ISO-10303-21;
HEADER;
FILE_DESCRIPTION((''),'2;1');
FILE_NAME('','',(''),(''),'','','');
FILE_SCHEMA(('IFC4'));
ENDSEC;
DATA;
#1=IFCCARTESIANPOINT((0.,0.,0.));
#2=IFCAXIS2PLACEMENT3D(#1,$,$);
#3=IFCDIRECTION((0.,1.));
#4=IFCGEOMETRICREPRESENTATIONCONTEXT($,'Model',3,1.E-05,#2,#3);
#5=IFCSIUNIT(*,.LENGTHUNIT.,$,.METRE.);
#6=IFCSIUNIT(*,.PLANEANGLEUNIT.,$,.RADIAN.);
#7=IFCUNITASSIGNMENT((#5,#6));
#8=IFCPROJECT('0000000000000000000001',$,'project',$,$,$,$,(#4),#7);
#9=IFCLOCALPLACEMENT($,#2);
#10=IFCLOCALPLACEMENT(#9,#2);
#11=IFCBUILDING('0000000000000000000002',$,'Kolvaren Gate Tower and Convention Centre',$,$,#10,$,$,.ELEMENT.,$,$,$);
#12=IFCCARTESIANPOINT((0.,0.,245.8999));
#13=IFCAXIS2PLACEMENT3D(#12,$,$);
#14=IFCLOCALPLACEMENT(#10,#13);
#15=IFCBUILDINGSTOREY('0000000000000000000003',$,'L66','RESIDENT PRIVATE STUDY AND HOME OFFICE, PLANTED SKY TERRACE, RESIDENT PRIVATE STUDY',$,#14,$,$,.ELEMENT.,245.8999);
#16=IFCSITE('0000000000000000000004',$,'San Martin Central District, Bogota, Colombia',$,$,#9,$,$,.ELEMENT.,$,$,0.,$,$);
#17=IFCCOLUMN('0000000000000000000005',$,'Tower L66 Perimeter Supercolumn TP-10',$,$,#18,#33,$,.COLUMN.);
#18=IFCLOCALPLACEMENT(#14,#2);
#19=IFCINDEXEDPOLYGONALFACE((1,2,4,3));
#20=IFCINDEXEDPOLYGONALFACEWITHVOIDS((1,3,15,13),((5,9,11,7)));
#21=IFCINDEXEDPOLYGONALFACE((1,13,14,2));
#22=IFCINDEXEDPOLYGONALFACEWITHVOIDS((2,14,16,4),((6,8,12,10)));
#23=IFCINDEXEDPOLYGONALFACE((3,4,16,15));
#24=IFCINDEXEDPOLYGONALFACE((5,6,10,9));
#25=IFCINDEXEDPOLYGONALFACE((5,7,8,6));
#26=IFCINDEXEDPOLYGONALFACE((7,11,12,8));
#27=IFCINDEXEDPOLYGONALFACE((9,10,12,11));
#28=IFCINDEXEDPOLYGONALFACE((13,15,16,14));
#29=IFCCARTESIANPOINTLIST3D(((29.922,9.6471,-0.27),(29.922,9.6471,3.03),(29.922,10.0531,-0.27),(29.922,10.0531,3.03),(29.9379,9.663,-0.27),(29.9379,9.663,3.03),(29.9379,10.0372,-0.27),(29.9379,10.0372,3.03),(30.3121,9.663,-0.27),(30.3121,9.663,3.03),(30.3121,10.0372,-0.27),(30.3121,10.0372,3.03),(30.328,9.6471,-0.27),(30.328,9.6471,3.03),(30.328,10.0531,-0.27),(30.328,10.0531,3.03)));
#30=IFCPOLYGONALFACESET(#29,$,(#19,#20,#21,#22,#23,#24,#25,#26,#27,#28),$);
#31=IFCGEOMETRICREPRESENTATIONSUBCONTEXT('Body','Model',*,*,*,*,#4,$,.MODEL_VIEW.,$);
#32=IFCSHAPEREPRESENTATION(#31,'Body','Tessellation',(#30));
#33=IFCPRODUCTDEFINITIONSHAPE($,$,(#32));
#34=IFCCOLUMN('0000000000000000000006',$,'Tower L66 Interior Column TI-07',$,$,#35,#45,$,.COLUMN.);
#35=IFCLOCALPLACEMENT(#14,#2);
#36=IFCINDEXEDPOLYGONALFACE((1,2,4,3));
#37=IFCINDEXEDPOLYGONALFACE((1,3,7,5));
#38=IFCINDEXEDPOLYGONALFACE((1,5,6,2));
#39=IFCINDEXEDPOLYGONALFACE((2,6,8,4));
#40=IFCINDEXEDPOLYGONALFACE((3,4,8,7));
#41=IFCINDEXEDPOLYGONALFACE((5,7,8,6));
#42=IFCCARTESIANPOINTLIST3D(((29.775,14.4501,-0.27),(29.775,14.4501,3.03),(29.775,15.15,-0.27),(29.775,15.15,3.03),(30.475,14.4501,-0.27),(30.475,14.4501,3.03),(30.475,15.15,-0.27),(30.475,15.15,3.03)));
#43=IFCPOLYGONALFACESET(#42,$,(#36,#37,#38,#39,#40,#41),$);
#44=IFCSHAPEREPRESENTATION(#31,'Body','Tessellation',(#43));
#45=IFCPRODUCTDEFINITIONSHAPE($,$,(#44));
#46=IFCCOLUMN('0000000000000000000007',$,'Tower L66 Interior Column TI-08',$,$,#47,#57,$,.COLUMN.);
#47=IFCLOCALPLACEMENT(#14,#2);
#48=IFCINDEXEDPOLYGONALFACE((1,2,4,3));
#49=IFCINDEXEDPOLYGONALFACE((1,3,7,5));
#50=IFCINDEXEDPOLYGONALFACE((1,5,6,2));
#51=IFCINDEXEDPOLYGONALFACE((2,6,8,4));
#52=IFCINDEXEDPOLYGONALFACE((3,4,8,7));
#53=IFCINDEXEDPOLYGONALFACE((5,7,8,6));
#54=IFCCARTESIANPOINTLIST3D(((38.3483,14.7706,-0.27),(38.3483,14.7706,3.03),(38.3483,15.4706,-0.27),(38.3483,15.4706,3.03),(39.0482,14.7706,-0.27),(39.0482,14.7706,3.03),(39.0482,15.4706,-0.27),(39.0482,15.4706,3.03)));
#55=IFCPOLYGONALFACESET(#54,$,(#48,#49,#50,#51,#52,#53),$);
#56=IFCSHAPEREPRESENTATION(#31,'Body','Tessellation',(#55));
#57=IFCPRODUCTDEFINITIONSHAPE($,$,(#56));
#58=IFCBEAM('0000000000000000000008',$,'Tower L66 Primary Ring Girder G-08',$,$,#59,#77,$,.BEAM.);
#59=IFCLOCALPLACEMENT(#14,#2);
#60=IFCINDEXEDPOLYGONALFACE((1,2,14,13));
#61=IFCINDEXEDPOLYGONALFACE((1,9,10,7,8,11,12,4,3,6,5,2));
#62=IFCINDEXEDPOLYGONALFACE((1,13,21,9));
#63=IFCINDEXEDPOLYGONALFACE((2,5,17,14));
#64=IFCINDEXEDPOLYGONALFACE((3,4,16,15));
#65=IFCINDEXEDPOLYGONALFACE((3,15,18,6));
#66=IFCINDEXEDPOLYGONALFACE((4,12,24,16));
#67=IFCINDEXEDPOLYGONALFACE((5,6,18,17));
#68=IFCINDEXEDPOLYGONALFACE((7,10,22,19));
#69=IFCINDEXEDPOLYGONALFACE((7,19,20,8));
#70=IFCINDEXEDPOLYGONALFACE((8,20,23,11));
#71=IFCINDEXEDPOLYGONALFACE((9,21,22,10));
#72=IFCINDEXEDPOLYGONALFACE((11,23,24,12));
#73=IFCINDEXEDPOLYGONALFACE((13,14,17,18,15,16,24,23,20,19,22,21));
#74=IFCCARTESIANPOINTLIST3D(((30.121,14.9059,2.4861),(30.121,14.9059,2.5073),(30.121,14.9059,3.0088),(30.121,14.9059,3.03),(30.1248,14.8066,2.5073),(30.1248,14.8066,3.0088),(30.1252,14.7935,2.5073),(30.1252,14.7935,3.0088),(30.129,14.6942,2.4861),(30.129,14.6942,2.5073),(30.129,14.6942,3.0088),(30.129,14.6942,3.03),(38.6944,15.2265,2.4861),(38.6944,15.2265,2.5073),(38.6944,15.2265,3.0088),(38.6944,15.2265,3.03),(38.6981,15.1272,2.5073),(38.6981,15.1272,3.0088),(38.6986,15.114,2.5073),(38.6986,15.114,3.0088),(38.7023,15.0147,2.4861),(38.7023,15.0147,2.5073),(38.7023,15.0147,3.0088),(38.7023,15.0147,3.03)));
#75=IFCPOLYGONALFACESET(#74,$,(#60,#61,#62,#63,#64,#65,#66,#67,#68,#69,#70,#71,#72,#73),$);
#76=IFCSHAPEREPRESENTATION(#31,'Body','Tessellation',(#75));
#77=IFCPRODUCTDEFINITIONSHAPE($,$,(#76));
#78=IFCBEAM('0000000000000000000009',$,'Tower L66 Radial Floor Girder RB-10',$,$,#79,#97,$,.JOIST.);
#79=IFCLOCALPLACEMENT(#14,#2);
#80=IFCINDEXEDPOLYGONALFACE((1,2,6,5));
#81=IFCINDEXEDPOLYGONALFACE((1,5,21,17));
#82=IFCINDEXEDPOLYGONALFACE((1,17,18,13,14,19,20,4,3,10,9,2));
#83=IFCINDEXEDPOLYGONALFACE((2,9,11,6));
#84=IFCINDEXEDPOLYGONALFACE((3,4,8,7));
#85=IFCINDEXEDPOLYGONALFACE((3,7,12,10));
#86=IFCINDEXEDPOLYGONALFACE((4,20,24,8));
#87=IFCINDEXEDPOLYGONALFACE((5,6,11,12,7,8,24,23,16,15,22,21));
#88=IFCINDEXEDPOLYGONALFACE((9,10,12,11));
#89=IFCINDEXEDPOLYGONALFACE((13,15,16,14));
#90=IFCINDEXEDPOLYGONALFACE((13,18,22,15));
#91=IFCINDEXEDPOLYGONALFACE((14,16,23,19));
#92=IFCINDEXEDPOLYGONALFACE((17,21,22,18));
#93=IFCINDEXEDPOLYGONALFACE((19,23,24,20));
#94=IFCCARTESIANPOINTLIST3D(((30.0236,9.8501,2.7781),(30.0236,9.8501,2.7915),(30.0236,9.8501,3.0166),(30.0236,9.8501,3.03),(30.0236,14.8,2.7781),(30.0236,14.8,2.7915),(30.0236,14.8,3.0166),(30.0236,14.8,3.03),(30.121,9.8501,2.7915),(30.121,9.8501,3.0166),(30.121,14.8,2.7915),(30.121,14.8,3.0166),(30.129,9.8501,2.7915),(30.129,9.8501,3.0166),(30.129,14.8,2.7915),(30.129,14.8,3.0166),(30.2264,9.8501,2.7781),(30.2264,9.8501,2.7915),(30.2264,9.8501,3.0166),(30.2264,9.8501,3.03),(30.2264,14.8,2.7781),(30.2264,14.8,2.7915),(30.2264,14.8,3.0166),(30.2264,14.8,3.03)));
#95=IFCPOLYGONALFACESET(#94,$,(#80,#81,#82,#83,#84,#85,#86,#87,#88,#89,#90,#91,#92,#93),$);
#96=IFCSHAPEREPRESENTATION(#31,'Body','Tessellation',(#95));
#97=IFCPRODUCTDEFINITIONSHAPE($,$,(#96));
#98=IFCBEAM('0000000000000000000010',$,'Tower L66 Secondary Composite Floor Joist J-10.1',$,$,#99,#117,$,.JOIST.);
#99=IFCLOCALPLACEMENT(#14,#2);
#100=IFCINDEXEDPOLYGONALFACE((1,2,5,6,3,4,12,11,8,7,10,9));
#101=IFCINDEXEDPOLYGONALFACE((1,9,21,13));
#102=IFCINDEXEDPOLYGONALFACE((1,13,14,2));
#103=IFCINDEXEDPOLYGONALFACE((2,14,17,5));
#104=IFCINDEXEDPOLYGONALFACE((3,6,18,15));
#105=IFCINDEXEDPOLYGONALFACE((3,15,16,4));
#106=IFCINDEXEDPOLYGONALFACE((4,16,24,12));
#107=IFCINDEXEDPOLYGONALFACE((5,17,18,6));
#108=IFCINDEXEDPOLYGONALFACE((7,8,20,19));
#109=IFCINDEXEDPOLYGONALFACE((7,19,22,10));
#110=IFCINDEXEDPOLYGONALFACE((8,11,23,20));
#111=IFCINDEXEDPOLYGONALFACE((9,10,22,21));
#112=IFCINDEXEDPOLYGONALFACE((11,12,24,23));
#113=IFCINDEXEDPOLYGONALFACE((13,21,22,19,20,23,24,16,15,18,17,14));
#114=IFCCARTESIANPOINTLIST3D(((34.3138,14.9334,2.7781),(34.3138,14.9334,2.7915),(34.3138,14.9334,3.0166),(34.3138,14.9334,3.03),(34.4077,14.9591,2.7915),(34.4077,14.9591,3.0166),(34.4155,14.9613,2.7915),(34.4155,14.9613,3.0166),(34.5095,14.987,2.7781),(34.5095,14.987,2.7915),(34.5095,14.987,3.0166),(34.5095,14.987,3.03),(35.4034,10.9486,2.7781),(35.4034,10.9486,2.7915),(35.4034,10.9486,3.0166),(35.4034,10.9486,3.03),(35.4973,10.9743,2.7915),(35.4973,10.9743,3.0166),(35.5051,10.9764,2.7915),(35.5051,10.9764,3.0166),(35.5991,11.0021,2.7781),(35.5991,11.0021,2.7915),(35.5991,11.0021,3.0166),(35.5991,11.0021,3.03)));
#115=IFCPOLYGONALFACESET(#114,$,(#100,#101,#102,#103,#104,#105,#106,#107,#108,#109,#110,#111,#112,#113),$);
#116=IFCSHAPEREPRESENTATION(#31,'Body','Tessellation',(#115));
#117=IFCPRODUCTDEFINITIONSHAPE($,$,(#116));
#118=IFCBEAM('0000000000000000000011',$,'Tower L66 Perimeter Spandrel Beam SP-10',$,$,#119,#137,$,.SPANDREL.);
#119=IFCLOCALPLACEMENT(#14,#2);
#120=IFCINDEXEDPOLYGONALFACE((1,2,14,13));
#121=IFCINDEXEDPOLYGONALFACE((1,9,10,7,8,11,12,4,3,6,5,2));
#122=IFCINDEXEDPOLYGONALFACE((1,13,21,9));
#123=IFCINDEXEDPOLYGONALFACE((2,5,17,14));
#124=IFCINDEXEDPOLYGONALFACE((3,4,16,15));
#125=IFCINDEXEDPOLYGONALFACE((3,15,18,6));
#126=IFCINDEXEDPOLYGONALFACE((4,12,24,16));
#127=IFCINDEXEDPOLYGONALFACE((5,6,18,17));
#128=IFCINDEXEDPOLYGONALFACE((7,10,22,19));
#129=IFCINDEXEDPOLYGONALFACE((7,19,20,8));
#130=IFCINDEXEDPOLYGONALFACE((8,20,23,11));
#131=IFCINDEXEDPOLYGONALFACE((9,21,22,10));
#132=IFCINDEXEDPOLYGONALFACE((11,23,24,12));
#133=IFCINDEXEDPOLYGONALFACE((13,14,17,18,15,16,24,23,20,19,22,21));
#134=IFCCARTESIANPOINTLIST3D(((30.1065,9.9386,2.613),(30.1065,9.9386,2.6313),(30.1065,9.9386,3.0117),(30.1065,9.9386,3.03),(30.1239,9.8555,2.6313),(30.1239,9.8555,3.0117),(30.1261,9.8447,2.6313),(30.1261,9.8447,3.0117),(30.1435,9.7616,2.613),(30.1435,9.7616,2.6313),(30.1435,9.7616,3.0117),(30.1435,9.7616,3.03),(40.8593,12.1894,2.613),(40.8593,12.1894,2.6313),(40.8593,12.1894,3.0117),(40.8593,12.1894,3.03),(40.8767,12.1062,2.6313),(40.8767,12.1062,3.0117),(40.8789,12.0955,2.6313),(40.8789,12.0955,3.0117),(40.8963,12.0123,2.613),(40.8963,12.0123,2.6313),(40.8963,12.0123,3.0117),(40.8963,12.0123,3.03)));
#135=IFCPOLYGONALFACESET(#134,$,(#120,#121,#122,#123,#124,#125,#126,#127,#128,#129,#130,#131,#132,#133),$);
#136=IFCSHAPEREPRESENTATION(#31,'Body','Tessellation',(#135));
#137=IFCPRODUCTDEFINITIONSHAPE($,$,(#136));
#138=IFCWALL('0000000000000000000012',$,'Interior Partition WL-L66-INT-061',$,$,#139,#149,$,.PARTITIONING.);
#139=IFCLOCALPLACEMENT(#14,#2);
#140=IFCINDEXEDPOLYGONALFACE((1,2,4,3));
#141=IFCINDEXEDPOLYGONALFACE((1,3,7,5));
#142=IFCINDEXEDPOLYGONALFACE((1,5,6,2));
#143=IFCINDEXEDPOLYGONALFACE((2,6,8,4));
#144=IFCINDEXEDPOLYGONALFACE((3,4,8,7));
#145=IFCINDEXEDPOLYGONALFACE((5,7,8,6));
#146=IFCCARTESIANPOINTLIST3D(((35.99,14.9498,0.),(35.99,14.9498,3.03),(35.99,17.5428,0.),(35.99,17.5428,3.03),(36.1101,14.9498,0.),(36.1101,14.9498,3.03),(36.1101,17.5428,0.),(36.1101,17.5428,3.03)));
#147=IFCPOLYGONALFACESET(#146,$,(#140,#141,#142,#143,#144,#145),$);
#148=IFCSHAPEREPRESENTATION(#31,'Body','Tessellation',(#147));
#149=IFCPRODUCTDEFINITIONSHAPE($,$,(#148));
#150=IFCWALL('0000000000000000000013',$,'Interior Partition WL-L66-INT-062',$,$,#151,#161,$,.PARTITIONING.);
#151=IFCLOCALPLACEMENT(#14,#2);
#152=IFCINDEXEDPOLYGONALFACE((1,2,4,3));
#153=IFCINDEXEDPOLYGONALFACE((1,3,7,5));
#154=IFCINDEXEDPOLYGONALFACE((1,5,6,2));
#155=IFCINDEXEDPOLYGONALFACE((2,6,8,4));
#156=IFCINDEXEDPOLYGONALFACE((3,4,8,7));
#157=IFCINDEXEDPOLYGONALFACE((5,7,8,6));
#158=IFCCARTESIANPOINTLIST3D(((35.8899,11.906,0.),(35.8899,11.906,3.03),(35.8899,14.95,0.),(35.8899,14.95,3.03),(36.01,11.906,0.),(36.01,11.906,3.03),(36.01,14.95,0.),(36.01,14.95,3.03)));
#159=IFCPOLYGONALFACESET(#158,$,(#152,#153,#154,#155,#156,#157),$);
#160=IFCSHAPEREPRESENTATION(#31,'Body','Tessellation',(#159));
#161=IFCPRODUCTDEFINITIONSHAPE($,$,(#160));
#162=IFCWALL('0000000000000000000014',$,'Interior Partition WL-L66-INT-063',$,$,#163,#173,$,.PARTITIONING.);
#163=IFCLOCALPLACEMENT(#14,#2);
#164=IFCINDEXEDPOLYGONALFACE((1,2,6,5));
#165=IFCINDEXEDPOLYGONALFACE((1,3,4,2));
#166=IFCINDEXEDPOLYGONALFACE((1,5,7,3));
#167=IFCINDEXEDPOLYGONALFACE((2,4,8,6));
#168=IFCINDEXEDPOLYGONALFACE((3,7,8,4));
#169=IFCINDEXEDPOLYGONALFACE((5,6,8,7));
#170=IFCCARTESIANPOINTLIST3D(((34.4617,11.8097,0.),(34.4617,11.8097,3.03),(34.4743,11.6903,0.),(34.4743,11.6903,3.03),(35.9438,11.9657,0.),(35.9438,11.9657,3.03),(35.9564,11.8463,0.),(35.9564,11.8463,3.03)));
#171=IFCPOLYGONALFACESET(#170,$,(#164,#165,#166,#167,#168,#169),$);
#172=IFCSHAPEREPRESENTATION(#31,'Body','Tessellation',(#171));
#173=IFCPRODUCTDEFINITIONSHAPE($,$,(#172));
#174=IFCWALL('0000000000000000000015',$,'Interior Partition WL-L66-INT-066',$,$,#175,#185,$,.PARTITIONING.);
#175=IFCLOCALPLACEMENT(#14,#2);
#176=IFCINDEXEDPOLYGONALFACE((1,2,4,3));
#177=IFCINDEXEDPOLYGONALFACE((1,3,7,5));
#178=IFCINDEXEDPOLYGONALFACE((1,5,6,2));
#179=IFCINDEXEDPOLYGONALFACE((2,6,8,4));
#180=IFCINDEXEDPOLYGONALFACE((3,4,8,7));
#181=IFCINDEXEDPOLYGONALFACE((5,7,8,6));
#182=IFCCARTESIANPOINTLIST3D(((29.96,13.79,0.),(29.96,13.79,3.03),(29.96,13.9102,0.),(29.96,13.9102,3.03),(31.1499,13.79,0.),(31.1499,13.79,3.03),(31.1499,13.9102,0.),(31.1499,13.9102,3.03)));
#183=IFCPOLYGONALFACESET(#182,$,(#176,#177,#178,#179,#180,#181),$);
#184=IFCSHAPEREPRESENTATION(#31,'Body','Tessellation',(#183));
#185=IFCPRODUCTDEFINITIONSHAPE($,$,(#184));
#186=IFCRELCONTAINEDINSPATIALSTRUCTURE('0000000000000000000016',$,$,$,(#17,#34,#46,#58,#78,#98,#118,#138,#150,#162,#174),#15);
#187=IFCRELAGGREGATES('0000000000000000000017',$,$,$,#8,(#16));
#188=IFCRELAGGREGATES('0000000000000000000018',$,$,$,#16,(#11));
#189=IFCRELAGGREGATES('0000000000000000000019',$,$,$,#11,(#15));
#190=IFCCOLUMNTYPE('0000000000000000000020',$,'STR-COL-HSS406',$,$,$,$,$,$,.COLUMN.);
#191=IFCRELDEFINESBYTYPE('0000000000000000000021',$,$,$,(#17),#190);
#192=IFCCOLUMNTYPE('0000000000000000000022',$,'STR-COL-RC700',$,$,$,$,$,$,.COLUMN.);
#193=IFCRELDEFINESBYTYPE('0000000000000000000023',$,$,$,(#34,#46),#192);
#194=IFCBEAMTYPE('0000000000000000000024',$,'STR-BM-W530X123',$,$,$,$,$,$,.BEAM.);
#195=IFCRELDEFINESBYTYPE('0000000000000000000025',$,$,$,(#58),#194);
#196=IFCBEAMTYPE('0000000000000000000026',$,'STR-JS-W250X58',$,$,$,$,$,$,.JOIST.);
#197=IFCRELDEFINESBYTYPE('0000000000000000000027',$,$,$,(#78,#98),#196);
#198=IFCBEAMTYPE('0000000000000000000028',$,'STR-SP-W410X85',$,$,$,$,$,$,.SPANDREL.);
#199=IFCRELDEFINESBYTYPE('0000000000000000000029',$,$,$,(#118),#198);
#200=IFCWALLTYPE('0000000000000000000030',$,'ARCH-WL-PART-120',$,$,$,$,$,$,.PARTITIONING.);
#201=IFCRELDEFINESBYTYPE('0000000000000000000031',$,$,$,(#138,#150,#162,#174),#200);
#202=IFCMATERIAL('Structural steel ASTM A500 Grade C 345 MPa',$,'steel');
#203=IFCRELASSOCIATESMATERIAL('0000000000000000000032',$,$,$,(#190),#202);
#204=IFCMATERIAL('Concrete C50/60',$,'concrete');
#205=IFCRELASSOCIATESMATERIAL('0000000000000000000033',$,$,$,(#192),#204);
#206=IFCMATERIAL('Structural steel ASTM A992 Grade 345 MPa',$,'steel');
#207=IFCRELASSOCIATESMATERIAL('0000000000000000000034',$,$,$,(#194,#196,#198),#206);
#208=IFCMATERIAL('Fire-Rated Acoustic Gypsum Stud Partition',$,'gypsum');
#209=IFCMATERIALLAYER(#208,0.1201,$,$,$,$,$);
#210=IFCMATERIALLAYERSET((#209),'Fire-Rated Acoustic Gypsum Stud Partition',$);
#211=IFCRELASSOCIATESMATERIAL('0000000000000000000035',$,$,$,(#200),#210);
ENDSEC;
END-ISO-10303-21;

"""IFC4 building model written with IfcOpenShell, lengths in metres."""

from ifc_helpers import new_model, si_unit, direction, frame, frame_2d, origin, origin_2d, place, context, subcontext, project, spatial, rectangle, hollow_rectangle, i_section, extrude, material, layer, layer_set, material_profile, profile_set, type_object, element, save


model = new_model("IFC4")

# Units and contexts
model_context = context("Model", 3, precision=1e-05, world=origin(), true_north=direction((0.0, 1.0)))
body_context = subcontext(model_context, "Body", "Model", "MODEL_VIEW")
ifc_project = project(units=[si_unit("LENGTHUNIT", "METRE"), si_unit("PLANEANGLEUNIT", "RADIAN")], contexts=[model_context])

# Site, building, storey
site_placement = place(None, origin())
site = spatial("IfcSite", under=ifc_project, at=site_placement, Name="San Martin Central District, Bogota, Colombia", CompositionType="ELEMENT", RefElevation=0.0)
building_placement = place(site_placement, origin())
building = spatial("IfcBuilding", under=site, at=building_placement, Name="Kolvaren Gate Tower and Convention Centre", CompositionType="ELEMENT")
storey_placement = place(building_placement, frame((0.0, 0.0, 245.8999)))
storey = spatial("IfcBuildingStorey", under=building, at=storey_placement, Name="L66", Description="RESIDENT PRIVATE STUDY AND HOME OFFICE, PLANTED SKY TERRACE, RESIDENT PRIVATE STUDY", CompositionType="ELEMENT", Elevation=245.8999)

# Columns
ifc_material_1 = material(Name="Structural steel ASTM A500 Grade C 345 MPa", Category="steel")
ifc_material_profile_1 = material_profile(ifc_material_1, hollow_rectangle(XDim=0.406, YDim=0.406, WallThickness=0.0159, at=origin_2d()), Name="HSS406X406X15.9")
ifc_profile_set_1 = profile_set([ifc_material_profile_1], Name="Structural steel ASTM A500 Grade C 345 MPa")
column_type_1 = type_object("IfcColumnType", Name="STR-COL-HSS406", PredefinedType="COLUMN", material=ifc_profile_set_1)
column_placement = place(storey_placement, frame((30.125, 9.8501, -0.27), z_axis=(0.0, 0.0, 1.0), x_axis=(1.0, 0.0, 0.0)))
element("IfcColumn", 1, at=column_placement, inside=storey, type_object=column_type_1, Name="Tower L66 Perimeter Supercolumn TP-10", PredefinedType="COLUMN", context=body_context, shape_type="SweptSolid", body=[
    extrude(hollow_rectangle(XDim=0.406, YDim=0.406, WallThickness=0.0159, at=origin_2d()), origin(), (0.0, 0.0, 1.0), 3.3),
])
ifc_material_2 = material(Name="Concrete C50/60", Category="concrete")
ifc_material_profile_2 = material_profile(ifc_material_2, rectangle(XDim=0.7, YDim=0.7, at=origin_2d()), Name="RC-COL-700X700")
ifc_profile_set_2 = profile_set([ifc_material_profile_2], Name="Concrete C50/60")
column_type_2 = type_object("IfcColumnType", Name="STR-COL-RC700", PredefinedType="COLUMN", material=ifc_profile_set_2)
for number, where, z_axis, x_axis, name in (
    (2, (30.125, 14.8, -0.27), (0.0, 0.0, 1.0), (1.0, 0.0, 0.0), "Tower L66 Interior Column TI-07"),
    (3, (38.6982, 15.1206, -0.27), (0.0, 0.0, 1.0), (1.0, 0.0, 0.0), "Tower L66 Interior Column TI-08"),
):
    element("IfcColumn", number, at=place(storey_placement, frame(where, z_axis=z_axis, x_axis=x_axis)), inside=storey, type_object=column_type_2, Name=name, PredefinedType="COLUMN", context=body_context, shape_type="SweptSolid", body=[
        extrude(rectangle(XDim=0.7, YDim=0.7, at=origin_2d()), origin(), (0.0, 0.0, 1.0), 3.3),
    ])

# Beams
ifc_material_3 = material(Name="Structural steel ASTM A992 Grade 345 MPa", Category="steel")
ifc_material_profile_3 = material_profile(ifc_material_3, i_section(OverallWidth=0.2119, OverallDepth=0.5439, WebThickness=0.0132, FlangeThickness=0.0212, at=origin_2d()), Name="W530X123")
ifc_profile_set_3 = profile_set([ifc_material_profile_3], Name="Structural steel ASTM A992 Grade 345 MPa")
beam_type_1 = type_object("IfcBeamType", Name="STR-BM-W530X123", PredefinedType="BEAM", material=ifc_profile_set_3)
beam_1_placement = place(storey_placement, frame((30.125, 14.8, 2.7581), z_axis=(0.999302, 0.037364, 0.0), x_axis=(-0.037364, 0.999302, 0.0)))
element("IfcBeam", 4, at=beam_1_placement, inside=storey, type_object=beam_type_1, Name="Tower L66 Primary Ring Girder G-08", PredefinedType="BEAM", context=body_context, shape_type="SweptSolid", body=[
    extrude(i_section(OverallWidth=0.2119, OverallDepth=0.5439, WebThickness=0.0132, FlangeThickness=0.0212, at=origin_2d()), origin(), (0.0, 0.0, 1.0), 8.5793),
])
ifc_material_profile_4 = material_profile(ifc_material_3, i_section(OverallWidth=0.2029, OverallDepth=0.252, WebThickness=0.0081, FlangeThickness=0.0134, at=origin_2d()), Name="W250X58")
ifc_profile_set_4 = profile_set([ifc_material_profile_4], Name="Structural steel ASTM A992 Grade 345 MPa")
beam_type_2 = type_object("IfcBeamType", Name="STR-JS-W250X58", PredefinedType="JOIST", material=ifc_profile_set_4)
beam_2_placement = place(storey_placement, frame((30.125, 14.8, 2.9041), z_axis=(0.0, -1.0, 0.0), x_axis=(1.0, 0.0, 0.0)))
element("IfcBeam", 5, at=beam_2_placement, inside=storey, type_object=beam_type_2, Name="Tower L66 Radial Floor Girder RB-10", PredefinedType="JOIST", context=body_context, shape_type="SweptSolid", body=[
    extrude(i_section(OverallWidth=0.2029, OverallDepth=0.252, WebThickness=0.0081, FlangeThickness=0.0134, at=origin_2d()), origin(), (0.0, 0.0, 1.0), 4.95),
])
beam_3_placement = place(storey_placement, frame((34.4116, 14.9602, 2.9041), z_axis=(0.263752, -0.96459, 0.0), x_axis=(0.96459, 0.263752, 0.0)))
element("IfcBeam", 6, at=beam_3_placement, inside=storey, type_object=beam_type_2, Name="Tower L66 Secondary Composite Floor Joist J-10.1", PredefinedType="JOIST", context=body_context, shape_type="SweptSolid", body=[
    extrude(i_section(OverallWidth=0.2029, OverallDepth=0.252, WebThickness=0.0081, FlangeThickness=0.0134, at=origin_2d()), origin(), (0.0, 0.0, 1.0), 4.1311),
])
ifc_material_profile_5 = material_profile(ifc_material_3, i_section(OverallWidth=0.1809, OverallDepth=0.417, WebThickness=0.011, FlangeThickness=0.0183, at=origin_2d()), Name="W410X85")
ifc_profile_set_5 = profile_set([ifc_material_profile_5], Name="Structural steel ASTM A992 Grade 345 MPa")
beam_type_3 = type_object("IfcBeamType", Name="STR-SP-W410X85", PredefinedType="SPANDREL", material=ifc_profile_set_5)
beam_4_placement = place(storey_placement, frame((30.125, 9.8501, 2.8215), z_axis=(0.978788, 0.204878, 0.0), x_axis=(-0.204878, 0.978788, 0.0)))
element("IfcBeam", 7, at=beam_4_placement, inside=storey, type_object=beam_type_3, Name="Tower L66 Perimeter Spandrel Beam SP-10", PredefinedType="SPANDREL", context=body_context, shape_type="SweptSolid", body=[
    extrude(i_section(OverallWidth=0.1809, OverallDepth=0.417, WebThickness=0.011, FlangeThickness=0.0183, at=origin_2d()), origin(), (0.0, 0.0, 1.0), 10.9858),
])

# Walls
ifc_material_4 = material(Name="Fire-Rated Acoustic Gypsum Stud Partition", Category="gypsum")
ifc_layer_1 = layer(ifc_material_4, 0.1201)
ifc_layer_set_1 = layer_set([ifc_layer_1], Name="Fire-Rated Acoustic Gypsum Stud Partition")
wall_type_1 = type_object("IfcWallType", Name="ARCH-WL-PART-120", PredefinedType="PARTITIONING", material=ifc_layer_set_1)
wall_1_placement = place(storey_placement, frame((36.05, 14.95, 0.0), z_axis=(0.0, 0.0, 1.0), x_axis=(0.0, 1.0, 0.0)))
element("IfcWall", 8, at=wall_1_placement, inside=storey, type_object=wall_type_1, Name="Interior Partition WL-L66-INT-061", PredefinedType="PARTITIONING", context=body_context, shape_type="SweptSolid", body=[
    extrude(rectangle(XDim=2.593, YDim=0.1201, at=frame_2d((1.2964, 0.0))), origin(), (0.0, 0.0, 1.0), 3.03),
])
wall_2_placement = place(storey_placement, frame((35.95, 11.906, 0.0), z_axis=(0.0, 0.0, 1.0), x_axis=(0.0, 1.0, 0.0)))
element("IfcWall", 9, at=wall_2_placement, inside=storey, type_object=wall_type_1, Name="Interior Partition WL-L66-INT-062", PredefinedType="PARTITIONING", context=body_context, shape_type="SweptSolid", body=[
    extrude(rectangle(XDim=3.0439, YDim=0.1201, at=frame_2d((1.522, 0.0))), origin(), (0.0, 0.0, 1.0), 3.03),
])
wall_3_placement = place(storey_placement, frame((34.468, 11.75, 0.0), z_axis=(0.0, 0.0, 1.0), x_axis=(0.994505, 0.104693, 0.0)))
element("IfcWall", 10, at=wall_3_placement, inside=storey, type_object=wall_type_1, Name="Interior Partition WL-L66-INT-063", PredefinedType="PARTITIONING", context=body_context, shape_type="SweptSolid", body=[
    extrude(rectangle(XDim=1.4902, YDim=0.1201, at=frame_2d((0.7451, 0.0))), origin(), (0.0, 0.0, 1.0), 3.03),
])
wall_4_placement = place(storey_placement, frame((29.96, 13.8501, 0.0), z_axis=(0.0, 0.0, 1.0), x_axis=(1.0, 0.0, 0.0)))
element("IfcWall", 11, at=wall_4_placement, inside=storey, type_object=wall_type_1, Name="Interior Partition WL-L66-INT-066", PredefinedType="PARTITIONING", context=body_context, shape_type="SweptSolid", body=[
    extrude(rectangle(XDim=1.1899, YDim=0.1201, at=frame_2d((0.595, 0.0))), origin(), (0.0, 0.0, 1.0), 3.03),
])

save(model, "model.ifc")
